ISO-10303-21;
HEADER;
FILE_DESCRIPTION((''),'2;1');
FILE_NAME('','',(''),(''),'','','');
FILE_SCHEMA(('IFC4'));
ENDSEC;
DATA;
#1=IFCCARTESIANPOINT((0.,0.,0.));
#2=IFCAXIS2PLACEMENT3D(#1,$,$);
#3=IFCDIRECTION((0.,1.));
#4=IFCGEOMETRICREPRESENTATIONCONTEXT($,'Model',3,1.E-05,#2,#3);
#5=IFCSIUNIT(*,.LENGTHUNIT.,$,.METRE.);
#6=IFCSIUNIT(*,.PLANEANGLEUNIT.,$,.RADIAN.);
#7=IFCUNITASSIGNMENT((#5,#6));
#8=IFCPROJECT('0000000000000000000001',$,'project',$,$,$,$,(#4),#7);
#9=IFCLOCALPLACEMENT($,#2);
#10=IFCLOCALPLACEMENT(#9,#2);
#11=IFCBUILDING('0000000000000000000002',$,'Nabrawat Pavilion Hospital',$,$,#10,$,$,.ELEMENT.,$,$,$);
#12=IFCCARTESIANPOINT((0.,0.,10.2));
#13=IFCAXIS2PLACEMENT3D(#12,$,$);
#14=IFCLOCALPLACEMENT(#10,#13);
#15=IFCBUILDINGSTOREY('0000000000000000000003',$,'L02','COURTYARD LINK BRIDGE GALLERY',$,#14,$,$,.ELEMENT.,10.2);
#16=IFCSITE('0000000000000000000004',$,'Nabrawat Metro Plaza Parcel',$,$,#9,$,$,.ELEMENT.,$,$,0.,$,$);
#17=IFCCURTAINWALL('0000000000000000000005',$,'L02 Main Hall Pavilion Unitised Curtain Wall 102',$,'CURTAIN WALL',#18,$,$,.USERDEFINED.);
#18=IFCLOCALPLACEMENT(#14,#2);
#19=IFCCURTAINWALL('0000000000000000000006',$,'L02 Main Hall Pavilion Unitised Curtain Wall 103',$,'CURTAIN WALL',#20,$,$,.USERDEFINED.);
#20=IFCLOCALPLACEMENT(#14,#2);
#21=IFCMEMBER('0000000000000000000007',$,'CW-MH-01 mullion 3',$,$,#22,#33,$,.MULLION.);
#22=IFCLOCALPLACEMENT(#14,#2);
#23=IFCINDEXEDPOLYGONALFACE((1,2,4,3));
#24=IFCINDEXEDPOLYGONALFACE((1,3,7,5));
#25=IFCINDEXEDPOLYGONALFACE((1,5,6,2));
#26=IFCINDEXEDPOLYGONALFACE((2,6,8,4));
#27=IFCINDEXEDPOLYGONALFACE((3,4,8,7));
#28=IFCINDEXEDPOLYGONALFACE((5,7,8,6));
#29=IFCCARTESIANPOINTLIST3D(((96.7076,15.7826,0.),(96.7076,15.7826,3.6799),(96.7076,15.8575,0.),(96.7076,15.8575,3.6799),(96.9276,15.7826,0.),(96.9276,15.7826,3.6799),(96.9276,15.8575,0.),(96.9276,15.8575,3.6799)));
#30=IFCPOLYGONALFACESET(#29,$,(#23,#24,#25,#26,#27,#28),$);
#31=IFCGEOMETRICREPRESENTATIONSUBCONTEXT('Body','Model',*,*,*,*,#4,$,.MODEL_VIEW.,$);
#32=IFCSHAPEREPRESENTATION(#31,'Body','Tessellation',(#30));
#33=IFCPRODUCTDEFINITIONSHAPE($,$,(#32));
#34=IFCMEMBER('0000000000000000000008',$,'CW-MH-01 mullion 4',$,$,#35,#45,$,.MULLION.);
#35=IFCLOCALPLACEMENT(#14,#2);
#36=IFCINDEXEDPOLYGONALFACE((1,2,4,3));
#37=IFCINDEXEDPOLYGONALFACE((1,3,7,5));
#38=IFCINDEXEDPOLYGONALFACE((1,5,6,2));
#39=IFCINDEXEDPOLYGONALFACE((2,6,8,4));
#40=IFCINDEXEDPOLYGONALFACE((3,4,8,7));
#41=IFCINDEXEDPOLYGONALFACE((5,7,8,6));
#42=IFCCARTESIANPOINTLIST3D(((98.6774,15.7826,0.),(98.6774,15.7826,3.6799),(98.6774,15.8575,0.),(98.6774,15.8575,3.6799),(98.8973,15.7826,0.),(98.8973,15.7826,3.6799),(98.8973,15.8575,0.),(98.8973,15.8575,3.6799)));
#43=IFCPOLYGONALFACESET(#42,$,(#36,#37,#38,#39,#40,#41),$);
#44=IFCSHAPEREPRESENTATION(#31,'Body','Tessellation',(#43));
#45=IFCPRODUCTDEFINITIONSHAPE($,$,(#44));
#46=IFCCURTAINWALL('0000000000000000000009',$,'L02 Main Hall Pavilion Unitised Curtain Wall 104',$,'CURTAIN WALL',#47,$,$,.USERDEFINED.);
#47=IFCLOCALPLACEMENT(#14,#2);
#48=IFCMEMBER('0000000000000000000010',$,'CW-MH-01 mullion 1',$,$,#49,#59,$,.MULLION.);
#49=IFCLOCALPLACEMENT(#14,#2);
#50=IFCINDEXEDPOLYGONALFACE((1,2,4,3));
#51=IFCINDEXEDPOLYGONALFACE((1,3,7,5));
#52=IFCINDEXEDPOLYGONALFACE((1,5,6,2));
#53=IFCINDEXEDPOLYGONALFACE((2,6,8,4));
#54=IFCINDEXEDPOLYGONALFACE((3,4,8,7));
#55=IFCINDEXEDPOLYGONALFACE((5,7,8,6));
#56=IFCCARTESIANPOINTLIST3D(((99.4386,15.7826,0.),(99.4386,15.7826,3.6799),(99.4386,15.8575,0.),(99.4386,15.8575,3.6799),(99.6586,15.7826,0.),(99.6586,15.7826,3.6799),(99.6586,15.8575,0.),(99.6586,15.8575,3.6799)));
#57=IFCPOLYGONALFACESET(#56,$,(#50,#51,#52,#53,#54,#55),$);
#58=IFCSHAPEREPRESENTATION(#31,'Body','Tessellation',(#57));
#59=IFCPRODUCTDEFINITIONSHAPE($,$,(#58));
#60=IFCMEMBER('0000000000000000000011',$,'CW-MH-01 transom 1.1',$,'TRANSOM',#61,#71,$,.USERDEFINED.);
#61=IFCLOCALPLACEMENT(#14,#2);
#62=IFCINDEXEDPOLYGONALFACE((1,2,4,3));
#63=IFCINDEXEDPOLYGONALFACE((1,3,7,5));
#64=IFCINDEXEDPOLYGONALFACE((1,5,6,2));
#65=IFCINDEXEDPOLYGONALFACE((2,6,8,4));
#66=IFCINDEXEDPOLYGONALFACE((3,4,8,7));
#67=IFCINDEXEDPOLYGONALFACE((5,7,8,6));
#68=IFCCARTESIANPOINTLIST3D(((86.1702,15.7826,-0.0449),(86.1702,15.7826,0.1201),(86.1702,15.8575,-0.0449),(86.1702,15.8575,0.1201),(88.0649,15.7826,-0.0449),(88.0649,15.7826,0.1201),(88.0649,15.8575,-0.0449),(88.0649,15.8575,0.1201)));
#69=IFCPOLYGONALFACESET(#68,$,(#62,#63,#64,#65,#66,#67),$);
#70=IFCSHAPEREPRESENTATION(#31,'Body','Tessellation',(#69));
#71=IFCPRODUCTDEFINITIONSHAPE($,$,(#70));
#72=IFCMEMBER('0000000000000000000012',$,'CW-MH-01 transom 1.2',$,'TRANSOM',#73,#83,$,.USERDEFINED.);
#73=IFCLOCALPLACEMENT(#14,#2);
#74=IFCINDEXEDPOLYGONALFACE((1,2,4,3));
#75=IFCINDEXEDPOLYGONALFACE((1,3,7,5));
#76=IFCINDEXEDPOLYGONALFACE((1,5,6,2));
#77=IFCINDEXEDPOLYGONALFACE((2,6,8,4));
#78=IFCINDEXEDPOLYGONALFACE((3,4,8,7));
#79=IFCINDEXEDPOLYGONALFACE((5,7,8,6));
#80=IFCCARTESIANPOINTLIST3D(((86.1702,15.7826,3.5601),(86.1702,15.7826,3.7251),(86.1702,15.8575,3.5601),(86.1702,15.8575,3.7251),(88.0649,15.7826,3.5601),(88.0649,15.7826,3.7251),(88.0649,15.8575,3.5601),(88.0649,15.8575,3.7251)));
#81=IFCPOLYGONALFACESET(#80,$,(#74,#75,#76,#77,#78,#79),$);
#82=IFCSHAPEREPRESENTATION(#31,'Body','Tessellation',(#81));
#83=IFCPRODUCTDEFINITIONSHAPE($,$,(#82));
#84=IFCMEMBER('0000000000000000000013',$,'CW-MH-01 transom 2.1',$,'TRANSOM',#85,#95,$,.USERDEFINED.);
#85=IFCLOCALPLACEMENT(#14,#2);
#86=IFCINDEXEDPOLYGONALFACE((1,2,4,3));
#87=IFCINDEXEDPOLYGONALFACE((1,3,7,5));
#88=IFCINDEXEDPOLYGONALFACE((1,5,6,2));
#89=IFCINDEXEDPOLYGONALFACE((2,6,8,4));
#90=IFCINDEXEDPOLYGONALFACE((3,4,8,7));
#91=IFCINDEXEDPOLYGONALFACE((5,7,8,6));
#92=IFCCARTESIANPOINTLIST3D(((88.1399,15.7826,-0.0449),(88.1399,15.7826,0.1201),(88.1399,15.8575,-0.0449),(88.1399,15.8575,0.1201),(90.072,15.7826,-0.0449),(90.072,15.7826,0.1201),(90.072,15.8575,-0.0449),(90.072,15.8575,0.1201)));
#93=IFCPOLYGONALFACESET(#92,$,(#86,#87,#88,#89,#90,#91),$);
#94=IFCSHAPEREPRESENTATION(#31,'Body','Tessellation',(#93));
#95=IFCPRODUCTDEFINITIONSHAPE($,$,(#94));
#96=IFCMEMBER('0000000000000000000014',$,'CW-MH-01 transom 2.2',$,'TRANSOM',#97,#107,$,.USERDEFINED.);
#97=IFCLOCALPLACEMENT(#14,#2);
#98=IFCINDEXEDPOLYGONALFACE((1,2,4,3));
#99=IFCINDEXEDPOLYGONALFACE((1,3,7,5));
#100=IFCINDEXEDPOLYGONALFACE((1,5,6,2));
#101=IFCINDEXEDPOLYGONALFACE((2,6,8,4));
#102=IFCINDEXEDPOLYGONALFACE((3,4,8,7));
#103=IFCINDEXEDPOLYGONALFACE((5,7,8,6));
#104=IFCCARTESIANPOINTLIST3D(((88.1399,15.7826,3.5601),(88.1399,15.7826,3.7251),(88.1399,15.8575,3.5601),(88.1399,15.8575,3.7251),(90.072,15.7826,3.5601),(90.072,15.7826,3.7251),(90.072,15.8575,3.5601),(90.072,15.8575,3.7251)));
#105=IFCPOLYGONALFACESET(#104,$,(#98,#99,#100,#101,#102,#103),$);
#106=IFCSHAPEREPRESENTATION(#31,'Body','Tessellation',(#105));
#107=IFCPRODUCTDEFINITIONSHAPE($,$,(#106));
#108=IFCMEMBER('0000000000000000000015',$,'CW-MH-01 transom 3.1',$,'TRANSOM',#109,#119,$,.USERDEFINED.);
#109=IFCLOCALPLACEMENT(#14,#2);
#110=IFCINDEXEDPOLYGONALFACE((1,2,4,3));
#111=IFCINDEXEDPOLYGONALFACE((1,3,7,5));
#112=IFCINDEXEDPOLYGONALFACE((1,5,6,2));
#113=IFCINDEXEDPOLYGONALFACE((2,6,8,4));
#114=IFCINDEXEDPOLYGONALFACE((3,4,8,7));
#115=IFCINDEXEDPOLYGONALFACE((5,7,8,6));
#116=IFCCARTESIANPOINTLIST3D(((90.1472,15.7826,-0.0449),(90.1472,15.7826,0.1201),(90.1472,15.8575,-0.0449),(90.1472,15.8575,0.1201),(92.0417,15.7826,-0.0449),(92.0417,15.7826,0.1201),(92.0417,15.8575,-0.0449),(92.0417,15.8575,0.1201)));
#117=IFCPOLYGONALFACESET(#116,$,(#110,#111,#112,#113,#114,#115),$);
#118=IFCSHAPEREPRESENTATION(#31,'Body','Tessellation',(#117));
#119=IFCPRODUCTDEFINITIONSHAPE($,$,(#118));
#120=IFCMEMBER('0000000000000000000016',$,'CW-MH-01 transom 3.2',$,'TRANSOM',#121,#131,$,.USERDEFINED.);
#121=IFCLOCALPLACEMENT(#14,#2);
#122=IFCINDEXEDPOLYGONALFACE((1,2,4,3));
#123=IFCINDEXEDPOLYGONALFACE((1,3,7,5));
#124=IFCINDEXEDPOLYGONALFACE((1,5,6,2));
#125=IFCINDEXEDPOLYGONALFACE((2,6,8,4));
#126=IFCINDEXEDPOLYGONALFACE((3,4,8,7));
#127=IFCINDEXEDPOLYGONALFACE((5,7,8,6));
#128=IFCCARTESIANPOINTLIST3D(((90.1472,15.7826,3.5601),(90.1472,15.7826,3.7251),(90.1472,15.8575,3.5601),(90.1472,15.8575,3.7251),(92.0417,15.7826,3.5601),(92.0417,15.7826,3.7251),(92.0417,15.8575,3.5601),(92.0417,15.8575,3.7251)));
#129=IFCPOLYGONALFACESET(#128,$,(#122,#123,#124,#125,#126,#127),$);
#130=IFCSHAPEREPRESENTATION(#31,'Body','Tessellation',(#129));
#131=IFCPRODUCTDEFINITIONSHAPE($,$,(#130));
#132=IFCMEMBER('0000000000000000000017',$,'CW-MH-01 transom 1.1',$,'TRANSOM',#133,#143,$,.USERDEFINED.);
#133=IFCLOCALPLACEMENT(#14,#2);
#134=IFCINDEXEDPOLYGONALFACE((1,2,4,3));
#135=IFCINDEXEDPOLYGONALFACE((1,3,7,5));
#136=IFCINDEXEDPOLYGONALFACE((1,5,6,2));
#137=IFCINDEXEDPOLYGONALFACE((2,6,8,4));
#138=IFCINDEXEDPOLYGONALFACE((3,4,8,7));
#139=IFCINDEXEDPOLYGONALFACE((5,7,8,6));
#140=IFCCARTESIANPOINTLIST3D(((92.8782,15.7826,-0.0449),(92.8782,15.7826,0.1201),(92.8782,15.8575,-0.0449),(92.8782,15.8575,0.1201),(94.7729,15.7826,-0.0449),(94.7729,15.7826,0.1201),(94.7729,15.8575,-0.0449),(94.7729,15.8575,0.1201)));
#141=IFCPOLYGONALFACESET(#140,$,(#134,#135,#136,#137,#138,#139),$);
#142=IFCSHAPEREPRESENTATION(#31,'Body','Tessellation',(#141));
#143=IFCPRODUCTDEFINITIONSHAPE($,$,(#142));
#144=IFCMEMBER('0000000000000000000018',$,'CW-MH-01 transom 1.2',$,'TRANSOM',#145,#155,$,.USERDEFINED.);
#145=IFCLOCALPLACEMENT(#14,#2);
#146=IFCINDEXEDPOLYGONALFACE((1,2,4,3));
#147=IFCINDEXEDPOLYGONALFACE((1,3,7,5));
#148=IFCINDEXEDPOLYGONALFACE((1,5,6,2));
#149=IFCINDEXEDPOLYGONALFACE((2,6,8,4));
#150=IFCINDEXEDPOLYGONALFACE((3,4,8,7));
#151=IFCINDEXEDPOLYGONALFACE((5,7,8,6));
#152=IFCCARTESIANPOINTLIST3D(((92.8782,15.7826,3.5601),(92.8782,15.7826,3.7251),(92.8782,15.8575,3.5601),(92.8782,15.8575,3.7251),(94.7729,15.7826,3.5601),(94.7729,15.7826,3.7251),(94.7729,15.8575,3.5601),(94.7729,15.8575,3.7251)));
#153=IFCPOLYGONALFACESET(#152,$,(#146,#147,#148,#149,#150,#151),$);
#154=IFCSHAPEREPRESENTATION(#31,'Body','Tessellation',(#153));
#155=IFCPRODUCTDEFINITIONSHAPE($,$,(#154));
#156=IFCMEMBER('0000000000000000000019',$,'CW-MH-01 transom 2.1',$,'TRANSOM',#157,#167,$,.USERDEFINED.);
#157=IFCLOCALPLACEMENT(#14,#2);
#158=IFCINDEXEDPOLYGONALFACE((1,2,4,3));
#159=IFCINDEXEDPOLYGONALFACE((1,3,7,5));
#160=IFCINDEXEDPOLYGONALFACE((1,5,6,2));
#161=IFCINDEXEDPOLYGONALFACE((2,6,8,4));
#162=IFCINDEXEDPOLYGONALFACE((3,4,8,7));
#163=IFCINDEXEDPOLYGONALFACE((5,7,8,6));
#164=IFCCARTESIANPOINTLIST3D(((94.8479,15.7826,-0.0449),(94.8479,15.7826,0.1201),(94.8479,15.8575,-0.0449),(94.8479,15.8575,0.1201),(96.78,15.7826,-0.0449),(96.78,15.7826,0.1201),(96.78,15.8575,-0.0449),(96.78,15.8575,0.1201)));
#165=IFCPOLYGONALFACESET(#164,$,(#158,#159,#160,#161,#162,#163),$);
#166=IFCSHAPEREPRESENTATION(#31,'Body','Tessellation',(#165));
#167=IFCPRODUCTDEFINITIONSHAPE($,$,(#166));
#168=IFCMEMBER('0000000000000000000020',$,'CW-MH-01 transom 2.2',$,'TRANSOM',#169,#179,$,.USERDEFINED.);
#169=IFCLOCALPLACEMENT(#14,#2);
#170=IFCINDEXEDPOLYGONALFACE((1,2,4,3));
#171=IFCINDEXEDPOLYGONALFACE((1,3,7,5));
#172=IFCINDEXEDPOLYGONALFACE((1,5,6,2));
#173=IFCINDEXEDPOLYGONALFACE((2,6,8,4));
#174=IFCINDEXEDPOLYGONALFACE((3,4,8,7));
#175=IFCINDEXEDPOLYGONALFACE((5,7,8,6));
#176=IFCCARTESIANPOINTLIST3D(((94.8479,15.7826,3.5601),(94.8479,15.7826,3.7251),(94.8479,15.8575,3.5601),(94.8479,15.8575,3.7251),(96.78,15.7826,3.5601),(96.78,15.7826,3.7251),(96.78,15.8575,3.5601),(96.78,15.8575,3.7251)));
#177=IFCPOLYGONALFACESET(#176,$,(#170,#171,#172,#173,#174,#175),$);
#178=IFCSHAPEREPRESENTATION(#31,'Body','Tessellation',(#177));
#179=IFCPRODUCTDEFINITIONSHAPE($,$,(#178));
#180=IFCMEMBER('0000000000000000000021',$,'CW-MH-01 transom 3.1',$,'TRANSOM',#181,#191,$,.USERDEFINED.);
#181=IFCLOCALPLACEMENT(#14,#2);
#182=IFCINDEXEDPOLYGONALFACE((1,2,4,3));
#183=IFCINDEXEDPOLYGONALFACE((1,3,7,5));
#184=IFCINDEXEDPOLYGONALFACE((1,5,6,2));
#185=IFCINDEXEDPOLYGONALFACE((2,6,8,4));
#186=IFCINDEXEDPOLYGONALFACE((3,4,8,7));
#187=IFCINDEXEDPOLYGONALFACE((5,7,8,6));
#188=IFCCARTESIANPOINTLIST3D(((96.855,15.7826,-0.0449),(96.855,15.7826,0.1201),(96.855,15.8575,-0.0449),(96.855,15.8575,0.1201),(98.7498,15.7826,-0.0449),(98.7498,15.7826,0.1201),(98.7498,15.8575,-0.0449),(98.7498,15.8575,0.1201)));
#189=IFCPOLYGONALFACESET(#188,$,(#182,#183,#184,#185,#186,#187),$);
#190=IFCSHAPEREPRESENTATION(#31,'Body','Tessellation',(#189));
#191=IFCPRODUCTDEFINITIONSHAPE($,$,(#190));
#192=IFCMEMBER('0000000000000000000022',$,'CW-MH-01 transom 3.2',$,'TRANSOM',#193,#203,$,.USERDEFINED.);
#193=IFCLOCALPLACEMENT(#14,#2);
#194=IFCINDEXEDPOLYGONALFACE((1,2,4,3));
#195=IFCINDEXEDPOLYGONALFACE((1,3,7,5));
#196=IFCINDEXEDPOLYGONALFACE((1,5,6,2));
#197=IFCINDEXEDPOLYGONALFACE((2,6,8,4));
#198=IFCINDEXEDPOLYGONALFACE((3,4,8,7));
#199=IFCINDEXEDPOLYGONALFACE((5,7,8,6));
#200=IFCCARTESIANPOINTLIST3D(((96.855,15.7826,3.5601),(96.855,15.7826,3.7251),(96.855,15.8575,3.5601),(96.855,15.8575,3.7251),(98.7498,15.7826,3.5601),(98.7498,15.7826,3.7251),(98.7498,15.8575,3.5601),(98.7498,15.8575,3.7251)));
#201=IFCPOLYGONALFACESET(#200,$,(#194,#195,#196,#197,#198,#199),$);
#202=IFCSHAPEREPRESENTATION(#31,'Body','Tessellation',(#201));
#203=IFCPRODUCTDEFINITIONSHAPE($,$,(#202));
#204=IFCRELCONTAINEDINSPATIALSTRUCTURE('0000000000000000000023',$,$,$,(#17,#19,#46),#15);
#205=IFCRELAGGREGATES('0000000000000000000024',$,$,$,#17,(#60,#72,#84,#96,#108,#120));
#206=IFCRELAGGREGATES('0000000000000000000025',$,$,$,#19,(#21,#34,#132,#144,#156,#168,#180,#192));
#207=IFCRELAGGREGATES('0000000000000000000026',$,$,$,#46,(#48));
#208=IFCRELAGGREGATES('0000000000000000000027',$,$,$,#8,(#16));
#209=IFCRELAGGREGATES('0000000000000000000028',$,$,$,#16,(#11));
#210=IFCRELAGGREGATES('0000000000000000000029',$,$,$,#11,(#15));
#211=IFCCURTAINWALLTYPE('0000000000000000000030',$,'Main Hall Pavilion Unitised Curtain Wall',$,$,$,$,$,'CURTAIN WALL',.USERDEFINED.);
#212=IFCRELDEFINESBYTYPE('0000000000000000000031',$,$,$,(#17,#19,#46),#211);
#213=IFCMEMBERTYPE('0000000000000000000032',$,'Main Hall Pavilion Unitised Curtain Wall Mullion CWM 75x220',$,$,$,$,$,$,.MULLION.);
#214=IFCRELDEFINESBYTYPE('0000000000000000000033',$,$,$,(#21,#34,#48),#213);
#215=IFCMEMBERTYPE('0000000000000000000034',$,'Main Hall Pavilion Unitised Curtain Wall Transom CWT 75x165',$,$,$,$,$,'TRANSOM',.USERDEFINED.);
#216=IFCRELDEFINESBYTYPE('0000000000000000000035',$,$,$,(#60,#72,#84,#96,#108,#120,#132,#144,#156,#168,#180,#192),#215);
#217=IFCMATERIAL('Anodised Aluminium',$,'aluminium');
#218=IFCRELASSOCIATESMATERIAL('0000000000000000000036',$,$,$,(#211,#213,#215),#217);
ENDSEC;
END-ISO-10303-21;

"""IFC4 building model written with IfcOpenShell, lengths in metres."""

from ifc_helpers import new_model, si_unit, direction, frame, origin, origin_2d, place, context, subcontext, project, spatial, rectangle, extrude, material, material_profile, profile_set, type_object, element, aggregate, save


model = new_model("IFC4")

# Units and contexts
model_context = context("Model", 3, precision=1e-05, world=origin(), true_north=direction((0.0, 1.0)))
body_context = subcontext(model_context, "Body", "Model", "MODEL_VIEW")
ifc_project = project(units=[si_unit("LENGTHUNIT", "METRE"), si_unit("PLANEANGLEUNIT", "RADIAN")], contexts=[model_context])

# Site, building, storey
site_placement = place(None, origin())
site = spatial("IfcSite", under=ifc_project, at=site_placement, Name="Nabrawat Metro Plaza Parcel", CompositionType="ELEMENT", RefElevation=0.0)
building_placement = place(site_placement, origin())
building = spatial("IfcBuilding", under=site, at=building_placement, Name="Nabrawat Pavilion Hospital", CompositionType="ELEMENT")
storey_placement = place(building_placement, frame((0.0, 0.0, 10.2)))
storey = spatial("IfcBuildingStorey", under=building, at=storey_placement, Name="L02", Description="COURTYARD LINK BRIDGE GALLERY", CompositionType="ELEMENT", Elevation=10.2)

# Curtain walls, members
ifc_material_1 = material(Name="Anodised Aluminium", Category="aluminium")
curtain_wall_type = type_object("IfcCurtainWallType", Name="Main Hall Pavilion Unitised Curtain Wall", ElementType="CURTAIN WALL", PredefinedType="USERDEFINED", material=ifc_material_1)
curtain_wall_1_placement = place(storey_placement, origin())
curtain_wall_1 = element("IfcCurtainWall", 1, at=curtain_wall_1_placement, inside=storey, type_object=curtain_wall_type, Name="L02 Main Hall Pavilion Unitised Curtain Wall 102", ObjectType="CURTAIN WALL", PredefinedType="USERDEFINED")
ifc_material_profile_1 = material_profile(ifc_material_1, rectangle(XDim=0.075, YDim=0.22, at=origin_2d()), Name="CWM 75x220")
ifc_profile_set_1 = profile_set([ifc_material_profile_1], Name="Anodised Aluminium")
member_type_1 = type_object("IfcMemberType", Name="Main Hall Pavilion Unitised Curtain Wall Mullion CWM 75x220", PredefinedType="MULLION", material=ifc_profile_set_1)
curtain_wall_2_placement = place(storey_placement, origin())
curtain_wall_2 = element("IfcCurtainWall", 2, at=curtain_wall_2_placement, inside=storey, type_object=curtain_wall_type, Name="L02 Main Hall Pavilion Unitised Curtain Wall 103", ObjectType="CURTAIN WALL", PredefinedType="USERDEFINED")
member_1_placement = place(storey_placement, frame((96.8176, 15.8201, 0.0), z_axis=(0.0, 0.0, 1.0), x_axis=(0.0, 1.0, 0.0)))
member_1 = element("IfcMember", 3, at=member_1_placement, type_object=member_type_1, Name="CW-MH-01 mullion 3", PredefinedType="MULLION", context=body_context, shape_type="SweptSolid", body=[
    extrude(rectangle(XDim=0.075, YDim=0.22, at=origin_2d()), origin(), (0.0, 0.0, 1.0), 3.6799),
])
member_2_placement = place(storey_placement, frame((98.7874, 15.8201, 0.0), z_axis=(0.0, 0.0, 1.0), x_axis=(0.0, 1.0, 0.0)))
member_2 = element("IfcMember", 4, at=member_2_placement, type_object=member_type_1, Name="CW-MH-01 mullion 4", PredefinedType="MULLION", context=body_context, shape_type="SweptSolid", body=[
    extrude(rectangle(XDim=0.075, YDim=0.22, at=origin_2d()), origin(), (0.0, 0.0, 1.0), 3.6799),
])

# Curtain wall, member
curtain_wall_3_placement = place(storey_placement, origin())
curtain_wall_3 = element("IfcCurtainWall", 5, at=curtain_wall_3_placement, inside=storey, type_object=curtain_wall_type, Name="L02 Main Hall Pavilion Unitised Curtain Wall 104", ObjectType="CURTAIN WALL", PredefinedType="USERDEFINED")
member_3_placement = place(storey_placement, frame((99.5486, 15.8201, 0.0), z_axis=(0.0, 0.0, 1.0), x_axis=(0.0, 1.0, 0.0)))
member_3 = element("IfcMember", 6, at=member_3_placement, type_object=member_type_1, Name="CW-MH-01 mullion 1", PredefinedType="MULLION", context=body_context, shape_type="SweptSolid", body=[
    extrude(rectangle(XDim=0.075, YDim=0.22, at=origin_2d()), origin(), (0.0, 0.0, 1.0), 3.6799),
])

# Members
ifc_material_profile_2 = material_profile(ifc_material_1, rectangle(XDim=0.075, YDim=0.165, at=origin_2d()), Name="CWT 75x165")
ifc_profile_set_2 = profile_set([ifc_material_profile_2], Name="Anodised Aluminium")
member_type_2 = type_object("IfcMemberType", Name="Main Hall Pavilion Unitised Curtain Wall Transom CWT 75x165", ElementType="TRANSOM", PredefinedType="USERDEFINED", material=ifc_profile_set_2)
member_4_placement = place(storey_placement, frame((86.1702, 15.8201, 0.0376), z_axis=(1.0, 0.0, 0.0), x_axis=(0.0, 1.0, 0.0)))
member_4 = element("IfcMember", 7, at=member_4_placement, type_object=member_type_2, Name="CW-MH-01 transom 1.1", ObjectType="TRANSOM", PredefinedType="USERDEFINED", context=body_context, shape_type="SweptSolid", body=[
    extrude(rectangle(XDim=0.075, YDim=0.165, at=origin_2d()), origin(), (0.0, 0.0, 1.0), 1.8948),
])
member_5_placement = place(storey_placement, frame((86.1702, 15.8201, 3.6426), z_axis=(1.0, 0.0, 0.0), x_axis=(0.0, 1.0, 0.0)))
member_5 = element("IfcMember", 8, at=member_5_placement, type_object=member_type_2, Name="CW-MH-01 transom 1.2", ObjectType="TRANSOM", PredefinedType="USERDEFINED", context=body_context, shape_type="SweptSolid", body=[
    extrude(rectangle(XDim=0.075, YDim=0.165, at=origin_2d()), origin(), (0.0, 0.0, 1.0), 1.8948),
])
member_6_placement = place(storey_placement, frame((88.1399, 15.8201, 0.0376), z_axis=(1.0, 0.0, 0.0), x_axis=(0.0, 1.0, 0.0)))
member_6 = element("IfcMember", 9, at=member_6_placement, type_object=member_type_2, Name="CW-MH-01 transom 2.1", ObjectType="TRANSOM", PredefinedType="USERDEFINED", context=body_context, shape_type="SweptSolid", body=[
    extrude(rectangle(XDim=0.075, YDim=0.165, at=origin_2d()), origin(), (0.0, 0.0, 1.0), 1.9321),
])
member_7_placement = place(storey_placement, frame((88.1399, 15.8201, 3.6426), z_axis=(1.0, 0.0, 0.0), x_axis=(0.0, 1.0, 0.0)))
member_7 = element("IfcMember", 10, at=member_7_placement, type_object=member_type_2, Name="CW-MH-01 transom 2.2", ObjectType="TRANSOM", PredefinedType="USERDEFINED", context=body_context, shape_type="SweptSolid", body=[
    extrude(rectangle(XDim=0.075, YDim=0.165, at=origin_2d()), origin(), (0.0, 0.0, 1.0), 1.9321),
])
member_8_placement = place(storey_placement, frame((90.1472, 15.8201, 0.0376), z_axis=(1.0, 0.0, 0.0), x_axis=(0.0, 1.0, 0.0)))
member_8 = element("IfcMember", 11, at=member_8_placement, type_object=member_type_2, Name="CW-MH-01 transom 3.1", ObjectType="TRANSOM", PredefinedType="USERDEFINED", context=body_context, shape_type="SweptSolid", body=[
    extrude(rectangle(XDim=0.075, YDim=0.165, at=origin_2d()), origin(), (0.0, 0.0, 1.0), 1.8945),
])
member_9_placement = place(storey_placement, frame((90.1472, 15.8201, 3.6426), z_axis=(1.0, 0.0, 0.0), x_axis=(0.0, 1.0, 0.0)))
member_9 = element("IfcMember", 12, at=member_9_placement, type_object=member_type_2, Name="CW-MH-01 transom 3.2", ObjectType="TRANSOM", PredefinedType="USERDEFINED", context=body_context, shape_type="SweptSolid", body=[
    extrude(rectangle(XDim=0.075, YDim=0.165, at=origin_2d()), origin(), (0.0, 0.0, 1.0), 1.8945),
])
member_10_placement = place(storey_placement, frame((92.8782, 15.8201, 0.0376), z_axis=(1.0, 0.0, 0.0), x_axis=(0.0, 1.0, 0.0)))
member_10 = element("IfcMember", 13, at=member_10_placement, type_object=member_type_2, Name="CW-MH-01 transom 1.1", ObjectType="TRANSOM", PredefinedType="USERDEFINED", context=body_context, shape_type="SweptSolid", body=[
    extrude(rectangle(XDim=0.075, YDim=0.165, at=origin_2d()), origin(), (0.0, 0.0, 1.0), 1.8948),
])
member_11_placement = place(storey_placement, frame((92.8782, 15.8201, 3.6426), z_axis=(1.0, 0.0, 0.0), x_axis=(0.0, 1.0, 0.0)))
member_11 = element("IfcMember", 14, at=member_11_placement, type_object=member_type_2, Name="CW-MH-01 transom 1.2", ObjectType="TRANSOM", PredefinedType="USERDEFINED", context=body_context, shape_type="SweptSolid", body=[
    extrude(rectangle(XDim=0.075, YDim=0.165, at=origin_2d()), origin(), (0.0, 0.0, 1.0), 1.8948),
])
member_12_placement = place(storey_placement, frame((94.8479, 15.8201, 0.0376), z_axis=(1.0, 0.0, 0.0), x_axis=(0.0, 1.0, 0.0)))
member_12 = element("IfcMember", 15, at=member_12_placement, type_object=member_type_2, Name="CW-MH-01 transom 2.1", ObjectType="TRANSOM", PredefinedType="USERDEFINED", context=body_context, shape_type="SweptSolid", body=[
    extrude(rectangle(XDim=0.075, YDim=0.165, at=origin_2d()), origin(), (0.0, 0.0, 1.0), 1.9321),
])
member_13_placement = place(storey_placement, frame((94.8479, 15.8201, 3.6426), z_axis=(1.0, 0.0, 0.0), x_axis=(0.0, 1.0, 0.0)))
member_13 = element("IfcMember", 16, at=member_13_placement, type_object=member_type_2, Name="CW-MH-01 transom 2.2", ObjectType="TRANSOM", PredefinedType="USERDEFINED", context=body_context, shape_type="SweptSolid", body=[
    extrude(rectangle(XDim=0.075, YDim=0.165, at=origin_2d()), origin(), (0.0, 0.0, 1.0), 1.9321),
])
member_14_placement = place(storey_placement, frame((96.855, 15.8201, 0.0376), z_axis=(1.0, 0.0, 0.0), x_axis=(0.0, 1.0, 0.0)))
member_14 = element("IfcMember", 17, at=member_14_placement, type_object=member_type_2, Name="CW-MH-01 transom 3.1", ObjectType="TRANSOM", PredefinedType="USERDEFINED", context=body_context, shape_type="SweptSolid", body=[
    extrude(rectangle(XDim=0.075, YDim=0.165, at=origin_2d()), origin(), (0.0, 0.0, 1.0), 1.8948),
])
member_15_placement = place(storey_placement, frame((96.855, 15.8201, 3.6426), z_axis=(1.0, 0.0, 0.0), x_axis=(0.0, 1.0, 0.0)))
member_15 = element("IfcMember", 18, at=member_15_placement, type_object=member_type_2, Name="CW-MH-01 transom 3.2", ObjectType="TRANSOM", PredefinedType="USERDEFINED", context=body_context, shape_type="SweptSolid", body=[
    extrude(rectangle(XDim=0.075, YDim=0.165, at=origin_2d()), origin(), (0.0, 0.0, 1.0), 1.8948),
])

aggregate(curtain_wall_1, [member_4, member_5, member_6, member_7, member_8, member_9])
aggregate(curtain_wall_2, [member_1, member_2, member_10, member_11, member_12, member_13, member_14, member_15])
aggregate(curtain_wall_3, [member_3])

save(model, "model.ifc")
